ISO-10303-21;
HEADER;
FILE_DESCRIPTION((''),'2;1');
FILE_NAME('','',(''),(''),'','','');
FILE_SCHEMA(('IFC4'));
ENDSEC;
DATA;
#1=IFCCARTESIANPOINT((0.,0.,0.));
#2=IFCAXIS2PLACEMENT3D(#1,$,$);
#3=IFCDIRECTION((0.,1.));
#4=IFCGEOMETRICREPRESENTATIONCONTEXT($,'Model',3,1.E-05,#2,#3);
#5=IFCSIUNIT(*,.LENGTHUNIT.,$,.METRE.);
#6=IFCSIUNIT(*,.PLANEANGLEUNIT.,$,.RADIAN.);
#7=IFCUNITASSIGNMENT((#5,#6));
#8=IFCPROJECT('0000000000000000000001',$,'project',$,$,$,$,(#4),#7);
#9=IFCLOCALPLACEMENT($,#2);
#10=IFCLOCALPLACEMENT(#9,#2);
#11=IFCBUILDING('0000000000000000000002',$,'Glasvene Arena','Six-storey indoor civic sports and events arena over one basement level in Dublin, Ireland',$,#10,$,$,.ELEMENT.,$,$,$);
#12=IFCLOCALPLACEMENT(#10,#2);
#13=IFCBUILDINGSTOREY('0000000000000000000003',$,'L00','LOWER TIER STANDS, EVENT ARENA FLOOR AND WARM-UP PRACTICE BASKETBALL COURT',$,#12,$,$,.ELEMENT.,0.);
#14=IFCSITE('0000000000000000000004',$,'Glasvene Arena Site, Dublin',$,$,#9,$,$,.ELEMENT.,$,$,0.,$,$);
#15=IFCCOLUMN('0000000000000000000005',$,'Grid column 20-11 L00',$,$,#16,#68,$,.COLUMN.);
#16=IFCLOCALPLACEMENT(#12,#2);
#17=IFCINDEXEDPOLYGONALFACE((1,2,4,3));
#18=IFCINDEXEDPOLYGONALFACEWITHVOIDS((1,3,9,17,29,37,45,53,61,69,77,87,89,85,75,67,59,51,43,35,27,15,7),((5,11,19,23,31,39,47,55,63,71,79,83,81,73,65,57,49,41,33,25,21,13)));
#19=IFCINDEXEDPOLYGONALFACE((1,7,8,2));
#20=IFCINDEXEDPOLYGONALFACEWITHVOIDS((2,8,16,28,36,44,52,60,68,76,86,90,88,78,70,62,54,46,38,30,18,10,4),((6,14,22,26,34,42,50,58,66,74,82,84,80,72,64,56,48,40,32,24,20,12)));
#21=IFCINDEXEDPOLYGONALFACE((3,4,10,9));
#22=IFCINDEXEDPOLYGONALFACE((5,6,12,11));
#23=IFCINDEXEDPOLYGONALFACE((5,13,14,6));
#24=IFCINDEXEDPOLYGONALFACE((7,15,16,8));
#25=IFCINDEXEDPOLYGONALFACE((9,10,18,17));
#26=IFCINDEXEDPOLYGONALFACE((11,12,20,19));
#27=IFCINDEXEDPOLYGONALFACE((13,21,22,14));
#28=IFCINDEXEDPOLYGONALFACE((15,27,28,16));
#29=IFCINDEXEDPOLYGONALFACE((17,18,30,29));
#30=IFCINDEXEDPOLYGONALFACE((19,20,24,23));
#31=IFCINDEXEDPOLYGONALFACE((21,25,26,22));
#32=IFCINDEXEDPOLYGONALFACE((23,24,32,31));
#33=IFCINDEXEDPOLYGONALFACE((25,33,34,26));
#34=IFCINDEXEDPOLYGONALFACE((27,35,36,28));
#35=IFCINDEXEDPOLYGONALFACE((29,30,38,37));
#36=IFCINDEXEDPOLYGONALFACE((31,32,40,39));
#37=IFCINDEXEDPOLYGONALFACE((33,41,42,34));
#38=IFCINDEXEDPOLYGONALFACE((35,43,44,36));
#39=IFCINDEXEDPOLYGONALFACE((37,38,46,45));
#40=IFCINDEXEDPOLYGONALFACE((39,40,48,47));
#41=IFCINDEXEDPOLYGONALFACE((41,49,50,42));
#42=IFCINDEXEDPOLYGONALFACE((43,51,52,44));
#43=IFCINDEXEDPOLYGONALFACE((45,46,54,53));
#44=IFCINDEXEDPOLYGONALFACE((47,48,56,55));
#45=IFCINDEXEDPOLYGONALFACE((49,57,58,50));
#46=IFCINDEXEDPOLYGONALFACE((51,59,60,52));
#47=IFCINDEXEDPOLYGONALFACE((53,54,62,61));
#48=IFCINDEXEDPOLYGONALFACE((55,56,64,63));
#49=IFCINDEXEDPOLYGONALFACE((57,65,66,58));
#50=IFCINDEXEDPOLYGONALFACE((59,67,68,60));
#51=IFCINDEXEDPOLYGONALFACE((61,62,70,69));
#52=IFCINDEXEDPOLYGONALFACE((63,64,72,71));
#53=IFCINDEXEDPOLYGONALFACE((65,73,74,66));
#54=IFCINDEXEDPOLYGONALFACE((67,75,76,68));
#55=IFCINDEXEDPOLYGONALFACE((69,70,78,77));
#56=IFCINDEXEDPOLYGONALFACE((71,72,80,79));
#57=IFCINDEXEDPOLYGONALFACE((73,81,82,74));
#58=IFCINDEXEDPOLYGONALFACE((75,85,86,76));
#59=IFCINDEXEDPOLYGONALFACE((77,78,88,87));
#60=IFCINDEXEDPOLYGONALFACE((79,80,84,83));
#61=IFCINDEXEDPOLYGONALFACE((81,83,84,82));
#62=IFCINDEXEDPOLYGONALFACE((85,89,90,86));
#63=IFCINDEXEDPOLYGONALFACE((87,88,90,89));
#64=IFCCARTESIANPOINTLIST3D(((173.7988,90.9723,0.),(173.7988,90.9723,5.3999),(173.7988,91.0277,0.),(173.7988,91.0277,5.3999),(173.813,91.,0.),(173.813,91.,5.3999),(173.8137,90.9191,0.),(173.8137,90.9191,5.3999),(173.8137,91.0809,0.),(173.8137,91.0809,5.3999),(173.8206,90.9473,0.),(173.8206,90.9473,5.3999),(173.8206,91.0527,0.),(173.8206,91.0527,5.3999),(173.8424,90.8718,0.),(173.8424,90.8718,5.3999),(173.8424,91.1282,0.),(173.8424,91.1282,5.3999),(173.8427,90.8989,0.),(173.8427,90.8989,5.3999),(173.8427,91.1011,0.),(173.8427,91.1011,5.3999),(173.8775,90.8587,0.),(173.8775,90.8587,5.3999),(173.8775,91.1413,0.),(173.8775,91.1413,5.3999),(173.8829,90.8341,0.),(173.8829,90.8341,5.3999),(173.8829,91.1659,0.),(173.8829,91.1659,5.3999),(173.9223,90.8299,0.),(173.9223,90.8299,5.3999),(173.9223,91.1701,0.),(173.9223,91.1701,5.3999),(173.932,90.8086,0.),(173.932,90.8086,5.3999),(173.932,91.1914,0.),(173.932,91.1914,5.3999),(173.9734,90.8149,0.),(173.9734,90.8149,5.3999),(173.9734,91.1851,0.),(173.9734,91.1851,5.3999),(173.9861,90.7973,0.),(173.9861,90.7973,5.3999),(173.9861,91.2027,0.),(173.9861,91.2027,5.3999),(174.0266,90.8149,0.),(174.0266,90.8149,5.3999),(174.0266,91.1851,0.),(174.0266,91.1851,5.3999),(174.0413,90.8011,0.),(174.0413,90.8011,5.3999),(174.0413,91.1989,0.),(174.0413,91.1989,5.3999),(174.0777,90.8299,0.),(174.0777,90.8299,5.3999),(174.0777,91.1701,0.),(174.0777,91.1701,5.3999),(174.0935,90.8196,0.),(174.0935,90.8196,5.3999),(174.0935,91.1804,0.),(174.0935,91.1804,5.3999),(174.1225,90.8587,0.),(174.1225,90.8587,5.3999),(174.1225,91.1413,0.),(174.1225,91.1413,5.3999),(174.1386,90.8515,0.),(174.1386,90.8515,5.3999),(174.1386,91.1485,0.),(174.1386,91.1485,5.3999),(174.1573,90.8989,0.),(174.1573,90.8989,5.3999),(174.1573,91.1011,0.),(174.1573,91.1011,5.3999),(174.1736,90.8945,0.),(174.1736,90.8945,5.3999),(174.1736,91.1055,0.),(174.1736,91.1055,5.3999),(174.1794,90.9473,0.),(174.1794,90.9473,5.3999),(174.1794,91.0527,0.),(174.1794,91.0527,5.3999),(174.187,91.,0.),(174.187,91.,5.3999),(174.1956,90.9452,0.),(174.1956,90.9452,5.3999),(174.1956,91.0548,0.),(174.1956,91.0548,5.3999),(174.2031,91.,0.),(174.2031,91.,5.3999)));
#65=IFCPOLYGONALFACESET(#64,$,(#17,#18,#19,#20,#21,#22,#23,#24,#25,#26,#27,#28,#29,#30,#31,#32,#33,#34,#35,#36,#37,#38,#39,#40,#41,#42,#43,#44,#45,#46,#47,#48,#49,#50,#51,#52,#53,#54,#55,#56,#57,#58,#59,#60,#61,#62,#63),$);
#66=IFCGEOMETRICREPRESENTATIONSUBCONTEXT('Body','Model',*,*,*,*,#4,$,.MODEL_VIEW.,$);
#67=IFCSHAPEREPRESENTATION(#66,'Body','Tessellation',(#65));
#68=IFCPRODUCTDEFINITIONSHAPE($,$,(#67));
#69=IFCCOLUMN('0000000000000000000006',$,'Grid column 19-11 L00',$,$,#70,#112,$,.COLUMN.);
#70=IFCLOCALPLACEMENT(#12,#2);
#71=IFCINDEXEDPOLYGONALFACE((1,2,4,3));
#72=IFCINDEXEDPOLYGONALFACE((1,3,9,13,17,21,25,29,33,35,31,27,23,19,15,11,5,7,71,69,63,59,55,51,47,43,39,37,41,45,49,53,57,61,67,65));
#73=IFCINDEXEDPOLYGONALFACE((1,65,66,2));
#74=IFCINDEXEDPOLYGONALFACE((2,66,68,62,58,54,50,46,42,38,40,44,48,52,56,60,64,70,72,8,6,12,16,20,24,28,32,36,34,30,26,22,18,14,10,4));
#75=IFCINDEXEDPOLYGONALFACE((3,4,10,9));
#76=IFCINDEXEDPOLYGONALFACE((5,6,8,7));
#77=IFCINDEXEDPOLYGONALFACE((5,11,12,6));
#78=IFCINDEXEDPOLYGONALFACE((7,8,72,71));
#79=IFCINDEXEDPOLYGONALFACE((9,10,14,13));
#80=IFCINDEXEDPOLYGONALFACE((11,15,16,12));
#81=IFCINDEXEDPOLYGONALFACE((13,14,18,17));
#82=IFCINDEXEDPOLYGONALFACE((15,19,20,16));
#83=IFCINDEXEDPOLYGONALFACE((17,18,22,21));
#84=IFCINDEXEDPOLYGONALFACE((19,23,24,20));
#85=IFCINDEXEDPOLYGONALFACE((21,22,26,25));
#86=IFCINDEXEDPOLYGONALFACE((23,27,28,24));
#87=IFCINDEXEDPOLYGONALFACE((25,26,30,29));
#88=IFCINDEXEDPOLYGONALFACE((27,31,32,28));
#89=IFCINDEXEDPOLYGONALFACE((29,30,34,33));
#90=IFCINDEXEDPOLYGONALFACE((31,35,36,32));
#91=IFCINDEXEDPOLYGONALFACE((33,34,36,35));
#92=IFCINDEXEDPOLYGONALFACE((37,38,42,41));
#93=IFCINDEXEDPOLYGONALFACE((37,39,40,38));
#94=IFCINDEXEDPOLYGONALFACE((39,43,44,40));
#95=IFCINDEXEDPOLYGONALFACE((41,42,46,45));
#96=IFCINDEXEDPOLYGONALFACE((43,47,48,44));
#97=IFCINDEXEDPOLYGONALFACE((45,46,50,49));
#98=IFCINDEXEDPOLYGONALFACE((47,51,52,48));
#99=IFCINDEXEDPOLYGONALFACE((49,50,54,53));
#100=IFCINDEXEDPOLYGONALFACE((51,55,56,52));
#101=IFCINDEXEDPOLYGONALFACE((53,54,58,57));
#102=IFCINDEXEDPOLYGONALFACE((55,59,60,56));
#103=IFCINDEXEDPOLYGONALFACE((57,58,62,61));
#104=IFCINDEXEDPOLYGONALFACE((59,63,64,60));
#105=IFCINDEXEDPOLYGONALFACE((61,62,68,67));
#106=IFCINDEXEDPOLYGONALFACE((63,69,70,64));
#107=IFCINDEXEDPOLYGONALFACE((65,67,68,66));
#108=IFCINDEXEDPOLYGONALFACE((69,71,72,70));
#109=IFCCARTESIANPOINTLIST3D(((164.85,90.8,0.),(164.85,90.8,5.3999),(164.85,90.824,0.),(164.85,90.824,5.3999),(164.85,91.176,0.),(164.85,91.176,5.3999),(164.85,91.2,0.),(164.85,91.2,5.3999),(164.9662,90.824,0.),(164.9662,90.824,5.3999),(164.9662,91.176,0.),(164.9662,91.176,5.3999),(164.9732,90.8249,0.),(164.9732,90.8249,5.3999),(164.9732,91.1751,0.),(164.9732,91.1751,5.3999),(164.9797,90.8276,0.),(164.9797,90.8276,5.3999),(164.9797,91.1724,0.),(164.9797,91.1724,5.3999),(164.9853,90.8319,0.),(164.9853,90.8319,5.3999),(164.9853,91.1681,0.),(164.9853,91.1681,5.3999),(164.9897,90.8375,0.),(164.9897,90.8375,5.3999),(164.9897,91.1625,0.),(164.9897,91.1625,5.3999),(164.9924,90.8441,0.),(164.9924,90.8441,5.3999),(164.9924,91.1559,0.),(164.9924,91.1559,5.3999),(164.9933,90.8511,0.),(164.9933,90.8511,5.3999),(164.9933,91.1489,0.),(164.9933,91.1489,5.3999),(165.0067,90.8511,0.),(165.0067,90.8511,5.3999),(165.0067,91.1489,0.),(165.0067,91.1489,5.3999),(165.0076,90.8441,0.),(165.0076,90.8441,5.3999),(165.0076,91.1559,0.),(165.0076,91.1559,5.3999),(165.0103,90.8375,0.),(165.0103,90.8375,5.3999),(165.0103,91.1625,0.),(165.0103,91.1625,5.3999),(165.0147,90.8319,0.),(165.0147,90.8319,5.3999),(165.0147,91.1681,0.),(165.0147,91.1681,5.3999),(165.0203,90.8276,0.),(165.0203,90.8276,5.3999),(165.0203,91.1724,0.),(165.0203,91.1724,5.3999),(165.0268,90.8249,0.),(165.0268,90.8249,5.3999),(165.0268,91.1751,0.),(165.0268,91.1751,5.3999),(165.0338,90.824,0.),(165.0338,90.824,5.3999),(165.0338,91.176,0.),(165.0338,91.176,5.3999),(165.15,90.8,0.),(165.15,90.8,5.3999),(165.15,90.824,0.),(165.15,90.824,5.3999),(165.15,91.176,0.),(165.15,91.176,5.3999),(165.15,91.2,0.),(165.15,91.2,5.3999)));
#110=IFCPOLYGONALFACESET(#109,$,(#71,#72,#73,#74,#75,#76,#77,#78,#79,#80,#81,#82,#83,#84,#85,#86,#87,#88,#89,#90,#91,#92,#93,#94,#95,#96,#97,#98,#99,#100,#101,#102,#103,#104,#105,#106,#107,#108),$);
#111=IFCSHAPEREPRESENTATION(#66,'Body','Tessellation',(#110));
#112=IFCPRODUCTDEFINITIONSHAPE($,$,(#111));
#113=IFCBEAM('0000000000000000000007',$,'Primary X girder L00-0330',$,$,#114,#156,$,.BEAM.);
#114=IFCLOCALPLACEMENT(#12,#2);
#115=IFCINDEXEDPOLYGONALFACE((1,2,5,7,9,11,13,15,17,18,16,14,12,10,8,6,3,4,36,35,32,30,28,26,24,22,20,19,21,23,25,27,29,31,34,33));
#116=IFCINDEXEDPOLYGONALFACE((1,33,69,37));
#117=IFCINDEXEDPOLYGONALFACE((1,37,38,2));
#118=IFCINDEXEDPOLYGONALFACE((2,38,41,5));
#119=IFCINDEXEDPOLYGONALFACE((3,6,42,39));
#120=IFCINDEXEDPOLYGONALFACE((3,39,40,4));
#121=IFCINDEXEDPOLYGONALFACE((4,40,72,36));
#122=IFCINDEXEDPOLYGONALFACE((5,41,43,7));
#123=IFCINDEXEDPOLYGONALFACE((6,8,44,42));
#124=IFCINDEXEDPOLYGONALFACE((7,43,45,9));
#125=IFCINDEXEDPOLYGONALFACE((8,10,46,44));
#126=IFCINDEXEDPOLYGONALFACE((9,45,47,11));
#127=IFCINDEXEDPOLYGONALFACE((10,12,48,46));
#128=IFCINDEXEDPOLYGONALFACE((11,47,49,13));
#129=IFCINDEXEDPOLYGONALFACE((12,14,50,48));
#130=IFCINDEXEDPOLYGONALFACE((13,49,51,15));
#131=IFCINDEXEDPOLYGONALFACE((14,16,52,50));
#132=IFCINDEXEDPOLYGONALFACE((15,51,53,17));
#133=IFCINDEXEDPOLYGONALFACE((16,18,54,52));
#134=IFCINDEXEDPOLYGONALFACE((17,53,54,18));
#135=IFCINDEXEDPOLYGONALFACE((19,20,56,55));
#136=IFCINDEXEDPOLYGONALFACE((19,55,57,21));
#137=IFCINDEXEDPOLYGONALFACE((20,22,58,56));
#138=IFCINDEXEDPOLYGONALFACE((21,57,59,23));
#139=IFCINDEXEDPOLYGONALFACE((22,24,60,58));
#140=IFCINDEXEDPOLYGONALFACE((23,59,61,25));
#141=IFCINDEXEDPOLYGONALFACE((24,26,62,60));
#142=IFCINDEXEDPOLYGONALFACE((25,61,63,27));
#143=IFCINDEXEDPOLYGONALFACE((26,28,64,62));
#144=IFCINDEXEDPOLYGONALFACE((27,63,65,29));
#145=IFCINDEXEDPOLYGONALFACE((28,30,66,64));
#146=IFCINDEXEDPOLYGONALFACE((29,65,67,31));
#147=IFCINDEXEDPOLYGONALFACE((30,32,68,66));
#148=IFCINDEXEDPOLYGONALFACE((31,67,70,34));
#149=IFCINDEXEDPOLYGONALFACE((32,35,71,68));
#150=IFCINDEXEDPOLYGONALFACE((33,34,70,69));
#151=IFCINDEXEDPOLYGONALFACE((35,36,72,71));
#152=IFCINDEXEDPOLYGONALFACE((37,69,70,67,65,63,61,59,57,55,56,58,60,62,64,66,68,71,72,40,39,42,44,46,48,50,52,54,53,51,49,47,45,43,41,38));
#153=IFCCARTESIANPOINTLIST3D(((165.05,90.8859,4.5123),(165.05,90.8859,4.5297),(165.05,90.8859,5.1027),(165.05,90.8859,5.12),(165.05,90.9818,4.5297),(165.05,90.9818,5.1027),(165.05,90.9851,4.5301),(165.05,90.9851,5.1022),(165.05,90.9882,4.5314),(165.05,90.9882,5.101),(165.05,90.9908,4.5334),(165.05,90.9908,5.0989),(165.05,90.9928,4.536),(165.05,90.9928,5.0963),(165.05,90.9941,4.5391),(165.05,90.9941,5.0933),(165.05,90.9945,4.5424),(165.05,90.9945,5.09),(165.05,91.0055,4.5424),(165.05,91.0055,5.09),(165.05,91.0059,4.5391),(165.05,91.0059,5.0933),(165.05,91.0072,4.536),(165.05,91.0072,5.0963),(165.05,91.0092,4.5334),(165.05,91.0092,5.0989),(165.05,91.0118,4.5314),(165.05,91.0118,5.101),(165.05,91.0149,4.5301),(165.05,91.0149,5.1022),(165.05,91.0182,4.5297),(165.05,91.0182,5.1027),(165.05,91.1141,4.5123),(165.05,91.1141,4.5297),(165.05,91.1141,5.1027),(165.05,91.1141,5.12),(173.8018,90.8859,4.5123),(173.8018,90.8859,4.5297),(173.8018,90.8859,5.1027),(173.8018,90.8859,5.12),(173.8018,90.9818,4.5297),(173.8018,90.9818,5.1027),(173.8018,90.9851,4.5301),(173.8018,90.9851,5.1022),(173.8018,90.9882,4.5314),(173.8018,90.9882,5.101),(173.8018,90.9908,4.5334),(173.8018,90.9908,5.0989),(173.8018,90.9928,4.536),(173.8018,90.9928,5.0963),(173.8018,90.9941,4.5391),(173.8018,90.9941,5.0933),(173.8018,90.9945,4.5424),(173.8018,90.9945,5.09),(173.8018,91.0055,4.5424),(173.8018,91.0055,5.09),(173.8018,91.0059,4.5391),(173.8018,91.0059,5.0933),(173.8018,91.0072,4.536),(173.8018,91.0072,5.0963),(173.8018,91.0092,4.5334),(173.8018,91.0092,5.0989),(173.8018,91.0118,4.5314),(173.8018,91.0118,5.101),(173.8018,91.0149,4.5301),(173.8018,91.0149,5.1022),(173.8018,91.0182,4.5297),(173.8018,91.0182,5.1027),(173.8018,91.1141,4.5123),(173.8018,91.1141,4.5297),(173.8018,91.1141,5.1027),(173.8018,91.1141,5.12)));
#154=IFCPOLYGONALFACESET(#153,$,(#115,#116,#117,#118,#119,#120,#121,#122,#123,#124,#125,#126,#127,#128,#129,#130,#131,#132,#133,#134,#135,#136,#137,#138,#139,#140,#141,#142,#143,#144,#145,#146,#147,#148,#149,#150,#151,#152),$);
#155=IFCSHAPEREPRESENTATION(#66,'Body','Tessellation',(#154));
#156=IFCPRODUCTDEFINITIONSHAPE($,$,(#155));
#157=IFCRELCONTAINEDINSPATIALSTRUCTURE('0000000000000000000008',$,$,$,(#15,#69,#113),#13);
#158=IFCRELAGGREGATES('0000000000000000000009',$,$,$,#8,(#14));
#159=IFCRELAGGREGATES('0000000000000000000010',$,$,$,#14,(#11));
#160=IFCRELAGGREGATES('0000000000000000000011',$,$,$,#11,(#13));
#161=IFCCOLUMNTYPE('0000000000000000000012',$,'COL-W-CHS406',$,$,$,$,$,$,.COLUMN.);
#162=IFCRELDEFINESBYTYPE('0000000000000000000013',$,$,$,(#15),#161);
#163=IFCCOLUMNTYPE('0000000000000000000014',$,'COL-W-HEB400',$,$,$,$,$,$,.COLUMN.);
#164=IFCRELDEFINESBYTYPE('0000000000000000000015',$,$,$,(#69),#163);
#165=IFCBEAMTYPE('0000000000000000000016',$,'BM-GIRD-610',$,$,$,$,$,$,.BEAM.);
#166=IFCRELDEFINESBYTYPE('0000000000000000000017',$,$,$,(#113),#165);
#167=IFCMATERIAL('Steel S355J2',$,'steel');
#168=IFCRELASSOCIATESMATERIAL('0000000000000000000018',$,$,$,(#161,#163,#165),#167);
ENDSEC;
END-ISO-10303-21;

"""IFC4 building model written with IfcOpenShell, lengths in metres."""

from ifc_helpers import new_model, si_unit, direction, frame, origin, origin_2d, place, context, subcontext, project, spatial, hollow_circle, i_section, extrude, material, material_profile, profile_set, type_object, element, save


model = new_model("IFC4")

# Units and contexts
model_context = context("Model", 3, precision=1e-05, world=origin(), true_north=direction((0.0, 1.0)))
body_context = subcontext(model_context, "Body", "Model", "MODEL_VIEW")
ifc_project = project(units=[si_unit("LENGTHUNIT", "METRE"), si_unit("PLANEANGLEUNIT", "RADIAN")], contexts=[model_context])

# Site, building, storey
site_placement = place(None, origin())
site = spatial("IfcSite", under=ifc_project, at=site_placement, Name="Glasvene Arena Site, Dublin", CompositionType="ELEMENT", RefElevation=0.0)
building_placement = place(site_placement, origin())
building = spatial("IfcBuilding", under=site, at=building_placement, Name="Glasvene Arena", Description="Six-storey indoor civic sports and events arena over one basement level in Dublin, Ireland", CompositionType="ELEMENT")
storey_placement = place(building_placement, origin())
storey = spatial("IfcBuildingStorey", under=building, at=storey_placement, Name="L00", Description="LOWER TIER STANDS, EVENT ARENA FLOOR AND WARM-UP PRACTICE BASKETBALL COURT", CompositionType="ELEMENT", Elevation=0.0)

# Columns
ifc_material_1 = material(Name="Steel S355J2", Category="steel")
ifc_material_profile_1 = material_profile(ifc_material_1, hollow_circle(Radius=0.2031, WallThickness=0.0161, at=origin_2d()), Name="CHS 406.4x16.0")
ifc_profile_set_1 = profile_set([ifc_material_profile_1], Name="Steel S355J2")
column_type_1 = type_object("IfcColumnType", Name="COL-W-CHS406", PredefinedType="COLUMN", material=ifc_profile_set_1)
column_1_placement = place(storey_placement, frame((174.0, 91.0, 0.0), z_axis=(0.0, 0.0, 1.0), x_axis=(1.0, 0.0, 0.0)))
element("IfcColumn", 1, at=column_1_placement, inside=storey, type_object=column_type_1, Name="Grid column 20-11 L00", PredefinedType="COLUMN", context=body_context, shape_type="SweptSolid", body=[
    extrude(hollow_circle(Radius=0.2031, WallThickness=0.0161, at=origin_2d()), origin(), (0.0, 0.0, 1.0), 5.3999),
])
ifc_material_profile_2 = material_profile(ifc_material_1, i_section(OverallWidth=0.3, OverallDepth=0.3999, WebThickness=0.0134, FlangeThickness=0.0239, FilletRadius=0.0271, at=origin_2d()), Name="HEB 400")
ifc_profile_set_2 = profile_set([ifc_material_profile_2], Name="Steel S355J2")
column_type_2 = type_object("IfcColumnType", Name="COL-W-HEB400", PredefinedType="COLUMN", material=ifc_profile_set_2)
column_2_placement = place(storey_placement, frame((165.0, 91.0, 0.0), z_axis=(0.0, 0.0, 1.0), x_axis=(1.0, 0.0, 0.0)))
element("IfcColumn", 2, at=column_2_placement, inside=storey, type_object=column_type_2, Name="Grid column 19-11 L00", PredefinedType="COLUMN", context=body_context, shape_type="SweptSolid", body=[
    extrude(i_section(OverallWidth=0.3, OverallDepth=0.3999, WebThickness=0.0134, FlangeThickness=0.0239, FilletRadius=0.0271, at=origin_2d()), origin(), (0.0, 0.0, 1.0), 5.3999),
])

# Beam
ifc_material_profile_3 = material_profile(ifc_material_1, i_section(OverallWidth=0.2283, OverallDepth=0.6077, WebThickness=0.011, FlangeThickness=0.0173, FilletRadius=0.0127, at=origin_2d()), Name="UKB 610x229x113")
ifc_profile_set_3 = profile_set([ifc_material_profile_3], Name="Steel S355J2")
beam_type_1 = type_object("IfcBeamType", Name="BM-GIRD-610", PredefinedType="BEAM", material=ifc_profile_set_3)
beam_1_placement = place(storey_placement, frame((165.05, 91.0, 4.8162), z_axis=(1.0, 0.0, 0.0), x_axis=(0.0, 1.0, 0.0)))
element("IfcBeam", 3, at=beam_1_placement, inside=storey, type_object=beam_type_1, Name="Primary X girder L00-0330", PredefinedType="BEAM", context=body_context, shape_type="SweptSolid", body=[
    extrude(i_section(OverallWidth=0.2283, OverallDepth=0.6077, WebThickness=0.011, FlangeThickness=0.0173, FilletRadius=0.0127, at=origin_2d()), origin(), (0.0, 0.0, 1.0), 8.7517),
])

save(model, "model.ifc")
